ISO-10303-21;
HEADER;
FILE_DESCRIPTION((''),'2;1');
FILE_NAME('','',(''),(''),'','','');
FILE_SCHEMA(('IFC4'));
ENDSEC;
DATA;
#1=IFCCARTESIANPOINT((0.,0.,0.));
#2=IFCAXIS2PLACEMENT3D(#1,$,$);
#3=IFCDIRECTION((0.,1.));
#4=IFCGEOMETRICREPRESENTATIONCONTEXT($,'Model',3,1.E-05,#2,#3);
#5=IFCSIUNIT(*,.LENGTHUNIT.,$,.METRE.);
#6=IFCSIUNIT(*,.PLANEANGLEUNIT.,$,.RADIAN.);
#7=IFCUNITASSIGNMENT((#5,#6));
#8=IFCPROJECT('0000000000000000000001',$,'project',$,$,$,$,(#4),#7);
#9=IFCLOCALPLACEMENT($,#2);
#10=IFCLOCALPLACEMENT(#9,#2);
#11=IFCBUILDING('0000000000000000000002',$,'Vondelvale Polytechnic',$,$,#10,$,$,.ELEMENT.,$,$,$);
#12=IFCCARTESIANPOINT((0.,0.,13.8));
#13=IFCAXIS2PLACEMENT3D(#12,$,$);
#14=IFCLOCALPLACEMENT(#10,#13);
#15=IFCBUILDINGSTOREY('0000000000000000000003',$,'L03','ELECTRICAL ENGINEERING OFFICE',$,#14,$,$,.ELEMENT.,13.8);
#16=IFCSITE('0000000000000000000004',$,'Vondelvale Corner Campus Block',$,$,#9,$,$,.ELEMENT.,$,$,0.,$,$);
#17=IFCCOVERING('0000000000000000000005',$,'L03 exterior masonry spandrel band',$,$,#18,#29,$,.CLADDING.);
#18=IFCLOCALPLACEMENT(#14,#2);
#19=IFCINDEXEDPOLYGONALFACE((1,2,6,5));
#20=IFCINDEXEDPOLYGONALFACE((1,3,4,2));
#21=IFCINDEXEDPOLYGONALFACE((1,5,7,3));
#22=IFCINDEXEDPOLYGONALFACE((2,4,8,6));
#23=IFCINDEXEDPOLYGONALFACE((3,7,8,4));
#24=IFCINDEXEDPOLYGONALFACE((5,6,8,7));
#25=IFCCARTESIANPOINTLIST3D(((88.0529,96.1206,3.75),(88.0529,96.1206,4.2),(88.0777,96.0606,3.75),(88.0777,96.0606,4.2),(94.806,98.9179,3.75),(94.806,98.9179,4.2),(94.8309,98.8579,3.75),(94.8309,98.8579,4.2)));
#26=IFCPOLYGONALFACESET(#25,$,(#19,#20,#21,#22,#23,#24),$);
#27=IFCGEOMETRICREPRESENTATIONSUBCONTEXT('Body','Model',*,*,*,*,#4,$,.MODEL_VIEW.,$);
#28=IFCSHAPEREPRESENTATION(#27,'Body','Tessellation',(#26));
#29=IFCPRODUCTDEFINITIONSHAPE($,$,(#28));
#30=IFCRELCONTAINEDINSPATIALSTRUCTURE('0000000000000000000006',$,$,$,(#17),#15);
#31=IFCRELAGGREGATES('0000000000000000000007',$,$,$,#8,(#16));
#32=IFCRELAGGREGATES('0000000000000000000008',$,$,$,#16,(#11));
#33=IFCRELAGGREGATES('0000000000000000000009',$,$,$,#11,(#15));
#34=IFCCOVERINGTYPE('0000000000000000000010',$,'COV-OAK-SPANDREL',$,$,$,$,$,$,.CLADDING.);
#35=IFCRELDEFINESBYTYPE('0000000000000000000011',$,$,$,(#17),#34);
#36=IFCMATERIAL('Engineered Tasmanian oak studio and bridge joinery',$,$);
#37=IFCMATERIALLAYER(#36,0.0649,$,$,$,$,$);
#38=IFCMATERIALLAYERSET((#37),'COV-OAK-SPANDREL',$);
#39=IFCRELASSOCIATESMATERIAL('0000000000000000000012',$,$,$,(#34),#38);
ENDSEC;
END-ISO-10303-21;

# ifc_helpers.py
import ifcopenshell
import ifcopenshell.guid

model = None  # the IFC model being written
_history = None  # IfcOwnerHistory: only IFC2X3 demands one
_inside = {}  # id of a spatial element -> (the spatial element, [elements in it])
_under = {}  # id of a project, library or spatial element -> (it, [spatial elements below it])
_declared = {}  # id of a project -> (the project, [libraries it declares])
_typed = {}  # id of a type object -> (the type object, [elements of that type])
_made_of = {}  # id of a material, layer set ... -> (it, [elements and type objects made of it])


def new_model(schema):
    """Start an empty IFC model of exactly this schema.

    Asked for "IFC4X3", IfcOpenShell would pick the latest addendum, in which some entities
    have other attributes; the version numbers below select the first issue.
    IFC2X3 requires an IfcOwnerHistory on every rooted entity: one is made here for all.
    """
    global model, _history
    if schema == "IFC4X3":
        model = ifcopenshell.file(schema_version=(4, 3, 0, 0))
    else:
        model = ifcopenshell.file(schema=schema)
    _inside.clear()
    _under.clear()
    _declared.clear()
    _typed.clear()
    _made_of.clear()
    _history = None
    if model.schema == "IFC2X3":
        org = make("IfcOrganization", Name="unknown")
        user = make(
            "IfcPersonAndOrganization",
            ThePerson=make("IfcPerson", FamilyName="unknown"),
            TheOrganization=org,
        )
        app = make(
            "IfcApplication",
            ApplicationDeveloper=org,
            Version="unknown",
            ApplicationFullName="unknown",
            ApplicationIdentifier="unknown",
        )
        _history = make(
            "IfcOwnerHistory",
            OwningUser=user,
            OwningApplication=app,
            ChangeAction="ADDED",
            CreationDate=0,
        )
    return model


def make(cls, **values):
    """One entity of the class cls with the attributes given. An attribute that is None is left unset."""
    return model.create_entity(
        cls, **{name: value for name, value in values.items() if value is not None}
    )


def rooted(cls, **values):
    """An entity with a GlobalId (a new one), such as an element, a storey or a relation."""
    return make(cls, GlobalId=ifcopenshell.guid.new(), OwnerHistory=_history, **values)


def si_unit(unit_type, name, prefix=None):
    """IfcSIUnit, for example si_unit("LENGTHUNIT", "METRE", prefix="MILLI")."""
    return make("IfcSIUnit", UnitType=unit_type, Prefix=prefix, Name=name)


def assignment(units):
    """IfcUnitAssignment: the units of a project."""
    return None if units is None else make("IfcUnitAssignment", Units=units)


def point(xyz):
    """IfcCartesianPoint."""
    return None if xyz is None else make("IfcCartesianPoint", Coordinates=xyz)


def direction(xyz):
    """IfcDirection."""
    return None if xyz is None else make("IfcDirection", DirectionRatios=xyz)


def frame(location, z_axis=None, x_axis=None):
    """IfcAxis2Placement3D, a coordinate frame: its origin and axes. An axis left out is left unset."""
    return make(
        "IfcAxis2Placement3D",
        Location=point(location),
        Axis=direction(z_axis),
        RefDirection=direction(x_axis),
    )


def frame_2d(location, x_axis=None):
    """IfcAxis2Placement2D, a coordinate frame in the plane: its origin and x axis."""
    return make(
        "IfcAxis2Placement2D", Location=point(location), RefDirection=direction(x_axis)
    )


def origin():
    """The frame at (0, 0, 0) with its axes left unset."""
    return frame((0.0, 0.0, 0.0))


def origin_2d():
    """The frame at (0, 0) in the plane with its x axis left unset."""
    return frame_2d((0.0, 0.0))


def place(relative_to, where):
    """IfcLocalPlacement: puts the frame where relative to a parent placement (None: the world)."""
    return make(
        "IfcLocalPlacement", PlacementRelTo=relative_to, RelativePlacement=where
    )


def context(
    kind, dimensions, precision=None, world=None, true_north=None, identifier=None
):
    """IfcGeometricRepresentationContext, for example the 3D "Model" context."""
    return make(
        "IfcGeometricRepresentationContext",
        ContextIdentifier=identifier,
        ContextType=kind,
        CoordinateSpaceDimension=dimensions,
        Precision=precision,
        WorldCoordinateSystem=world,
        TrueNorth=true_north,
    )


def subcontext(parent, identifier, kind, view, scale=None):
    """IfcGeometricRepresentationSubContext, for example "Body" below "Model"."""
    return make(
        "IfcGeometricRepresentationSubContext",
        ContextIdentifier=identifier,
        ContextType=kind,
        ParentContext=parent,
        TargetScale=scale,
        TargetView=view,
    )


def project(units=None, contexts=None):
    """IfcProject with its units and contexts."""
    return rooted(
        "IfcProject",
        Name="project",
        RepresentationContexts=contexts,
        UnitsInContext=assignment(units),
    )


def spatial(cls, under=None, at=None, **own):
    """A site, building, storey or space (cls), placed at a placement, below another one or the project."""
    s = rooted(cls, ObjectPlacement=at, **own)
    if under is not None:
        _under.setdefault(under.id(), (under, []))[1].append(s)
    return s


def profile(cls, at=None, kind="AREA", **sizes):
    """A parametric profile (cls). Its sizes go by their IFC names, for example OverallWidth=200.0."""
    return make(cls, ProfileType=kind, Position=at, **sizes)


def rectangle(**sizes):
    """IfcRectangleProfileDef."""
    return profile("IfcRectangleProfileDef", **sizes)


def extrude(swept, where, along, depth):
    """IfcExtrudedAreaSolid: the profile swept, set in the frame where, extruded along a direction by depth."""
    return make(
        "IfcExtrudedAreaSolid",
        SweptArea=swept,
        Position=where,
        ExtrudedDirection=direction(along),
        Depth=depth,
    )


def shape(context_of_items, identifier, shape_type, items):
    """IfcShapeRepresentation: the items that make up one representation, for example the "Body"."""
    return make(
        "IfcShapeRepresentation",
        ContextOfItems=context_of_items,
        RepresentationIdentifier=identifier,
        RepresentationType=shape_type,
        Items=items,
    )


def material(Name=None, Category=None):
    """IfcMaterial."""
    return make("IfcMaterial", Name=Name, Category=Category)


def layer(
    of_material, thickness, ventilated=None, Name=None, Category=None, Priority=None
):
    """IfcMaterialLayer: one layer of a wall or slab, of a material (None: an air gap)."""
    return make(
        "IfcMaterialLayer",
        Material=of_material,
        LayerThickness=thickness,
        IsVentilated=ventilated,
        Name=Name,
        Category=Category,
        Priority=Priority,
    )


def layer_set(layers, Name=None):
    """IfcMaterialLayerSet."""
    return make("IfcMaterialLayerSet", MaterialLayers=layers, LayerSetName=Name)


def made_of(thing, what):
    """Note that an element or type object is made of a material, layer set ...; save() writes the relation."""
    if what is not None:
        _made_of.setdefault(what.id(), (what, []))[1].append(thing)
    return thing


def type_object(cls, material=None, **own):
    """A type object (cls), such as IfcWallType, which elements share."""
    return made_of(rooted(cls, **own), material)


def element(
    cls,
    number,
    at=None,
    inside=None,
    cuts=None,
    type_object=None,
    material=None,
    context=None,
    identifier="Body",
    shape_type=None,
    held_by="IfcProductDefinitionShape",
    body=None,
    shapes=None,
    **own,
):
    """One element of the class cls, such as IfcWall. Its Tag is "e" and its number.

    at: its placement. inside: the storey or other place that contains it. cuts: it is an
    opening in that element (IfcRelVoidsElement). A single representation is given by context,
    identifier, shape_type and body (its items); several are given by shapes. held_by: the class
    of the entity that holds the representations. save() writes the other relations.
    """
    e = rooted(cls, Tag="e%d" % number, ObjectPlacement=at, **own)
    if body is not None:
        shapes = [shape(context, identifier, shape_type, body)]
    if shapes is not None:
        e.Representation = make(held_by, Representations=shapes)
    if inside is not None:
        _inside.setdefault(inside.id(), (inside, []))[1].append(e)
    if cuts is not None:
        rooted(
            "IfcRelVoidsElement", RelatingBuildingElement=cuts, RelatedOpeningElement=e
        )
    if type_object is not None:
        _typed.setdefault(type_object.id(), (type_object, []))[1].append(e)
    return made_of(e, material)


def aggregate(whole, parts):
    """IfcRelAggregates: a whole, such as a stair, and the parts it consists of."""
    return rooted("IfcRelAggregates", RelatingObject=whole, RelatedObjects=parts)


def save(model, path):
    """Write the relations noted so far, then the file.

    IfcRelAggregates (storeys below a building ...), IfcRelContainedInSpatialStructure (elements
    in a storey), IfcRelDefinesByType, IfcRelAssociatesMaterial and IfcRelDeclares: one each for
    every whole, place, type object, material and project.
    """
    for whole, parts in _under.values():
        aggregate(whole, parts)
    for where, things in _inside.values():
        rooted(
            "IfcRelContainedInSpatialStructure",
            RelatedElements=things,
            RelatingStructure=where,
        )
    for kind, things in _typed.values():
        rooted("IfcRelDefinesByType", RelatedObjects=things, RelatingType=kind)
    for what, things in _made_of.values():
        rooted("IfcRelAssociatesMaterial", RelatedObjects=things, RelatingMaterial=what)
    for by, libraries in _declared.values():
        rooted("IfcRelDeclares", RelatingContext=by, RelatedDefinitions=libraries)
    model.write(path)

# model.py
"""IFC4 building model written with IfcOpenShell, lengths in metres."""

from ifc_helpers import new_model, si_unit, direction, frame, origin, origin_2d, place, context, subcontext, project, spatial, rectangle, extrude, material, layer, layer_set, type_object, element, save


model = new_model("IFC4")

# Units and contexts
model_context = context("Model", 3, precision=1e-05, world=origin(), true_north=direction((0.0, 1.0)))
body_context = subcontext(model_context, "Body", "Model", "MODEL_VIEW")
ifc_project = project(units=[si_unit("LENGTHUNIT", "METRE"), si_unit("PLANEANGLEUNIT", "RADIAN")], contexts=[model_context])

# Site, building, storey
site_placement = place(None, origin())
site = spatial("IfcSite", under=ifc_project, at=site_placement, Name="Vondelvale Corner Campus Block", CompositionType="ELEMENT", RefElevation=0.0)
building_placement = place(site_placement, origin())
building = spatial("IfcBuilding", under=site, at=building_placement, Name="Vondelvale Polytechnic", CompositionType="ELEMENT")
storey_placement = place(building_placement, frame((0.0, 0.0, 13.8)))
storey = spatial("IfcBuildingStorey", under=building, at=storey_placement, Name="L03", Description="ELECTRICAL ENGINEERING OFFICE", CompositionType="ELEMENT", Elevation=13.8)

# Shared definitions
ifc_material_1 = material(Name="Engineered Tasmanian oak studio and bridge joinery")

# Covering
ifc_layer_1 = layer(ifc_material_1, 0.0649)
ifc_layer_set_1 = layer_set([ifc_layer_1], Name="COV-OAK-SPANDREL")
covering_type = type_object("IfcCoveringType", Name="COV-OAK-SPANDREL", PredefinedType="CLADDING", material=ifc_layer_set_1)
covering_placement = place(storey_placement, frame((91.4419, 97.4893, 3.75), z_axis=(0.0, 0.0, 1.0), x_axis=(-0.92388, -0.382683, 0.0)))
element("IfcCovering", 1, at=covering_placement, inside=storey, type_object=covering_type, Name="L03 exterior masonry spandrel band", PredefinedType="CLADDING", context=body_context, shape_type="SweptSolid", body=[
    extrude(rectangle(XDim=7.3096, YDim=0.0649, at=origin_2d()), origin(), (0.0, 0.0, 1.0), 0.45),
])

save(model, "model.ifc")
